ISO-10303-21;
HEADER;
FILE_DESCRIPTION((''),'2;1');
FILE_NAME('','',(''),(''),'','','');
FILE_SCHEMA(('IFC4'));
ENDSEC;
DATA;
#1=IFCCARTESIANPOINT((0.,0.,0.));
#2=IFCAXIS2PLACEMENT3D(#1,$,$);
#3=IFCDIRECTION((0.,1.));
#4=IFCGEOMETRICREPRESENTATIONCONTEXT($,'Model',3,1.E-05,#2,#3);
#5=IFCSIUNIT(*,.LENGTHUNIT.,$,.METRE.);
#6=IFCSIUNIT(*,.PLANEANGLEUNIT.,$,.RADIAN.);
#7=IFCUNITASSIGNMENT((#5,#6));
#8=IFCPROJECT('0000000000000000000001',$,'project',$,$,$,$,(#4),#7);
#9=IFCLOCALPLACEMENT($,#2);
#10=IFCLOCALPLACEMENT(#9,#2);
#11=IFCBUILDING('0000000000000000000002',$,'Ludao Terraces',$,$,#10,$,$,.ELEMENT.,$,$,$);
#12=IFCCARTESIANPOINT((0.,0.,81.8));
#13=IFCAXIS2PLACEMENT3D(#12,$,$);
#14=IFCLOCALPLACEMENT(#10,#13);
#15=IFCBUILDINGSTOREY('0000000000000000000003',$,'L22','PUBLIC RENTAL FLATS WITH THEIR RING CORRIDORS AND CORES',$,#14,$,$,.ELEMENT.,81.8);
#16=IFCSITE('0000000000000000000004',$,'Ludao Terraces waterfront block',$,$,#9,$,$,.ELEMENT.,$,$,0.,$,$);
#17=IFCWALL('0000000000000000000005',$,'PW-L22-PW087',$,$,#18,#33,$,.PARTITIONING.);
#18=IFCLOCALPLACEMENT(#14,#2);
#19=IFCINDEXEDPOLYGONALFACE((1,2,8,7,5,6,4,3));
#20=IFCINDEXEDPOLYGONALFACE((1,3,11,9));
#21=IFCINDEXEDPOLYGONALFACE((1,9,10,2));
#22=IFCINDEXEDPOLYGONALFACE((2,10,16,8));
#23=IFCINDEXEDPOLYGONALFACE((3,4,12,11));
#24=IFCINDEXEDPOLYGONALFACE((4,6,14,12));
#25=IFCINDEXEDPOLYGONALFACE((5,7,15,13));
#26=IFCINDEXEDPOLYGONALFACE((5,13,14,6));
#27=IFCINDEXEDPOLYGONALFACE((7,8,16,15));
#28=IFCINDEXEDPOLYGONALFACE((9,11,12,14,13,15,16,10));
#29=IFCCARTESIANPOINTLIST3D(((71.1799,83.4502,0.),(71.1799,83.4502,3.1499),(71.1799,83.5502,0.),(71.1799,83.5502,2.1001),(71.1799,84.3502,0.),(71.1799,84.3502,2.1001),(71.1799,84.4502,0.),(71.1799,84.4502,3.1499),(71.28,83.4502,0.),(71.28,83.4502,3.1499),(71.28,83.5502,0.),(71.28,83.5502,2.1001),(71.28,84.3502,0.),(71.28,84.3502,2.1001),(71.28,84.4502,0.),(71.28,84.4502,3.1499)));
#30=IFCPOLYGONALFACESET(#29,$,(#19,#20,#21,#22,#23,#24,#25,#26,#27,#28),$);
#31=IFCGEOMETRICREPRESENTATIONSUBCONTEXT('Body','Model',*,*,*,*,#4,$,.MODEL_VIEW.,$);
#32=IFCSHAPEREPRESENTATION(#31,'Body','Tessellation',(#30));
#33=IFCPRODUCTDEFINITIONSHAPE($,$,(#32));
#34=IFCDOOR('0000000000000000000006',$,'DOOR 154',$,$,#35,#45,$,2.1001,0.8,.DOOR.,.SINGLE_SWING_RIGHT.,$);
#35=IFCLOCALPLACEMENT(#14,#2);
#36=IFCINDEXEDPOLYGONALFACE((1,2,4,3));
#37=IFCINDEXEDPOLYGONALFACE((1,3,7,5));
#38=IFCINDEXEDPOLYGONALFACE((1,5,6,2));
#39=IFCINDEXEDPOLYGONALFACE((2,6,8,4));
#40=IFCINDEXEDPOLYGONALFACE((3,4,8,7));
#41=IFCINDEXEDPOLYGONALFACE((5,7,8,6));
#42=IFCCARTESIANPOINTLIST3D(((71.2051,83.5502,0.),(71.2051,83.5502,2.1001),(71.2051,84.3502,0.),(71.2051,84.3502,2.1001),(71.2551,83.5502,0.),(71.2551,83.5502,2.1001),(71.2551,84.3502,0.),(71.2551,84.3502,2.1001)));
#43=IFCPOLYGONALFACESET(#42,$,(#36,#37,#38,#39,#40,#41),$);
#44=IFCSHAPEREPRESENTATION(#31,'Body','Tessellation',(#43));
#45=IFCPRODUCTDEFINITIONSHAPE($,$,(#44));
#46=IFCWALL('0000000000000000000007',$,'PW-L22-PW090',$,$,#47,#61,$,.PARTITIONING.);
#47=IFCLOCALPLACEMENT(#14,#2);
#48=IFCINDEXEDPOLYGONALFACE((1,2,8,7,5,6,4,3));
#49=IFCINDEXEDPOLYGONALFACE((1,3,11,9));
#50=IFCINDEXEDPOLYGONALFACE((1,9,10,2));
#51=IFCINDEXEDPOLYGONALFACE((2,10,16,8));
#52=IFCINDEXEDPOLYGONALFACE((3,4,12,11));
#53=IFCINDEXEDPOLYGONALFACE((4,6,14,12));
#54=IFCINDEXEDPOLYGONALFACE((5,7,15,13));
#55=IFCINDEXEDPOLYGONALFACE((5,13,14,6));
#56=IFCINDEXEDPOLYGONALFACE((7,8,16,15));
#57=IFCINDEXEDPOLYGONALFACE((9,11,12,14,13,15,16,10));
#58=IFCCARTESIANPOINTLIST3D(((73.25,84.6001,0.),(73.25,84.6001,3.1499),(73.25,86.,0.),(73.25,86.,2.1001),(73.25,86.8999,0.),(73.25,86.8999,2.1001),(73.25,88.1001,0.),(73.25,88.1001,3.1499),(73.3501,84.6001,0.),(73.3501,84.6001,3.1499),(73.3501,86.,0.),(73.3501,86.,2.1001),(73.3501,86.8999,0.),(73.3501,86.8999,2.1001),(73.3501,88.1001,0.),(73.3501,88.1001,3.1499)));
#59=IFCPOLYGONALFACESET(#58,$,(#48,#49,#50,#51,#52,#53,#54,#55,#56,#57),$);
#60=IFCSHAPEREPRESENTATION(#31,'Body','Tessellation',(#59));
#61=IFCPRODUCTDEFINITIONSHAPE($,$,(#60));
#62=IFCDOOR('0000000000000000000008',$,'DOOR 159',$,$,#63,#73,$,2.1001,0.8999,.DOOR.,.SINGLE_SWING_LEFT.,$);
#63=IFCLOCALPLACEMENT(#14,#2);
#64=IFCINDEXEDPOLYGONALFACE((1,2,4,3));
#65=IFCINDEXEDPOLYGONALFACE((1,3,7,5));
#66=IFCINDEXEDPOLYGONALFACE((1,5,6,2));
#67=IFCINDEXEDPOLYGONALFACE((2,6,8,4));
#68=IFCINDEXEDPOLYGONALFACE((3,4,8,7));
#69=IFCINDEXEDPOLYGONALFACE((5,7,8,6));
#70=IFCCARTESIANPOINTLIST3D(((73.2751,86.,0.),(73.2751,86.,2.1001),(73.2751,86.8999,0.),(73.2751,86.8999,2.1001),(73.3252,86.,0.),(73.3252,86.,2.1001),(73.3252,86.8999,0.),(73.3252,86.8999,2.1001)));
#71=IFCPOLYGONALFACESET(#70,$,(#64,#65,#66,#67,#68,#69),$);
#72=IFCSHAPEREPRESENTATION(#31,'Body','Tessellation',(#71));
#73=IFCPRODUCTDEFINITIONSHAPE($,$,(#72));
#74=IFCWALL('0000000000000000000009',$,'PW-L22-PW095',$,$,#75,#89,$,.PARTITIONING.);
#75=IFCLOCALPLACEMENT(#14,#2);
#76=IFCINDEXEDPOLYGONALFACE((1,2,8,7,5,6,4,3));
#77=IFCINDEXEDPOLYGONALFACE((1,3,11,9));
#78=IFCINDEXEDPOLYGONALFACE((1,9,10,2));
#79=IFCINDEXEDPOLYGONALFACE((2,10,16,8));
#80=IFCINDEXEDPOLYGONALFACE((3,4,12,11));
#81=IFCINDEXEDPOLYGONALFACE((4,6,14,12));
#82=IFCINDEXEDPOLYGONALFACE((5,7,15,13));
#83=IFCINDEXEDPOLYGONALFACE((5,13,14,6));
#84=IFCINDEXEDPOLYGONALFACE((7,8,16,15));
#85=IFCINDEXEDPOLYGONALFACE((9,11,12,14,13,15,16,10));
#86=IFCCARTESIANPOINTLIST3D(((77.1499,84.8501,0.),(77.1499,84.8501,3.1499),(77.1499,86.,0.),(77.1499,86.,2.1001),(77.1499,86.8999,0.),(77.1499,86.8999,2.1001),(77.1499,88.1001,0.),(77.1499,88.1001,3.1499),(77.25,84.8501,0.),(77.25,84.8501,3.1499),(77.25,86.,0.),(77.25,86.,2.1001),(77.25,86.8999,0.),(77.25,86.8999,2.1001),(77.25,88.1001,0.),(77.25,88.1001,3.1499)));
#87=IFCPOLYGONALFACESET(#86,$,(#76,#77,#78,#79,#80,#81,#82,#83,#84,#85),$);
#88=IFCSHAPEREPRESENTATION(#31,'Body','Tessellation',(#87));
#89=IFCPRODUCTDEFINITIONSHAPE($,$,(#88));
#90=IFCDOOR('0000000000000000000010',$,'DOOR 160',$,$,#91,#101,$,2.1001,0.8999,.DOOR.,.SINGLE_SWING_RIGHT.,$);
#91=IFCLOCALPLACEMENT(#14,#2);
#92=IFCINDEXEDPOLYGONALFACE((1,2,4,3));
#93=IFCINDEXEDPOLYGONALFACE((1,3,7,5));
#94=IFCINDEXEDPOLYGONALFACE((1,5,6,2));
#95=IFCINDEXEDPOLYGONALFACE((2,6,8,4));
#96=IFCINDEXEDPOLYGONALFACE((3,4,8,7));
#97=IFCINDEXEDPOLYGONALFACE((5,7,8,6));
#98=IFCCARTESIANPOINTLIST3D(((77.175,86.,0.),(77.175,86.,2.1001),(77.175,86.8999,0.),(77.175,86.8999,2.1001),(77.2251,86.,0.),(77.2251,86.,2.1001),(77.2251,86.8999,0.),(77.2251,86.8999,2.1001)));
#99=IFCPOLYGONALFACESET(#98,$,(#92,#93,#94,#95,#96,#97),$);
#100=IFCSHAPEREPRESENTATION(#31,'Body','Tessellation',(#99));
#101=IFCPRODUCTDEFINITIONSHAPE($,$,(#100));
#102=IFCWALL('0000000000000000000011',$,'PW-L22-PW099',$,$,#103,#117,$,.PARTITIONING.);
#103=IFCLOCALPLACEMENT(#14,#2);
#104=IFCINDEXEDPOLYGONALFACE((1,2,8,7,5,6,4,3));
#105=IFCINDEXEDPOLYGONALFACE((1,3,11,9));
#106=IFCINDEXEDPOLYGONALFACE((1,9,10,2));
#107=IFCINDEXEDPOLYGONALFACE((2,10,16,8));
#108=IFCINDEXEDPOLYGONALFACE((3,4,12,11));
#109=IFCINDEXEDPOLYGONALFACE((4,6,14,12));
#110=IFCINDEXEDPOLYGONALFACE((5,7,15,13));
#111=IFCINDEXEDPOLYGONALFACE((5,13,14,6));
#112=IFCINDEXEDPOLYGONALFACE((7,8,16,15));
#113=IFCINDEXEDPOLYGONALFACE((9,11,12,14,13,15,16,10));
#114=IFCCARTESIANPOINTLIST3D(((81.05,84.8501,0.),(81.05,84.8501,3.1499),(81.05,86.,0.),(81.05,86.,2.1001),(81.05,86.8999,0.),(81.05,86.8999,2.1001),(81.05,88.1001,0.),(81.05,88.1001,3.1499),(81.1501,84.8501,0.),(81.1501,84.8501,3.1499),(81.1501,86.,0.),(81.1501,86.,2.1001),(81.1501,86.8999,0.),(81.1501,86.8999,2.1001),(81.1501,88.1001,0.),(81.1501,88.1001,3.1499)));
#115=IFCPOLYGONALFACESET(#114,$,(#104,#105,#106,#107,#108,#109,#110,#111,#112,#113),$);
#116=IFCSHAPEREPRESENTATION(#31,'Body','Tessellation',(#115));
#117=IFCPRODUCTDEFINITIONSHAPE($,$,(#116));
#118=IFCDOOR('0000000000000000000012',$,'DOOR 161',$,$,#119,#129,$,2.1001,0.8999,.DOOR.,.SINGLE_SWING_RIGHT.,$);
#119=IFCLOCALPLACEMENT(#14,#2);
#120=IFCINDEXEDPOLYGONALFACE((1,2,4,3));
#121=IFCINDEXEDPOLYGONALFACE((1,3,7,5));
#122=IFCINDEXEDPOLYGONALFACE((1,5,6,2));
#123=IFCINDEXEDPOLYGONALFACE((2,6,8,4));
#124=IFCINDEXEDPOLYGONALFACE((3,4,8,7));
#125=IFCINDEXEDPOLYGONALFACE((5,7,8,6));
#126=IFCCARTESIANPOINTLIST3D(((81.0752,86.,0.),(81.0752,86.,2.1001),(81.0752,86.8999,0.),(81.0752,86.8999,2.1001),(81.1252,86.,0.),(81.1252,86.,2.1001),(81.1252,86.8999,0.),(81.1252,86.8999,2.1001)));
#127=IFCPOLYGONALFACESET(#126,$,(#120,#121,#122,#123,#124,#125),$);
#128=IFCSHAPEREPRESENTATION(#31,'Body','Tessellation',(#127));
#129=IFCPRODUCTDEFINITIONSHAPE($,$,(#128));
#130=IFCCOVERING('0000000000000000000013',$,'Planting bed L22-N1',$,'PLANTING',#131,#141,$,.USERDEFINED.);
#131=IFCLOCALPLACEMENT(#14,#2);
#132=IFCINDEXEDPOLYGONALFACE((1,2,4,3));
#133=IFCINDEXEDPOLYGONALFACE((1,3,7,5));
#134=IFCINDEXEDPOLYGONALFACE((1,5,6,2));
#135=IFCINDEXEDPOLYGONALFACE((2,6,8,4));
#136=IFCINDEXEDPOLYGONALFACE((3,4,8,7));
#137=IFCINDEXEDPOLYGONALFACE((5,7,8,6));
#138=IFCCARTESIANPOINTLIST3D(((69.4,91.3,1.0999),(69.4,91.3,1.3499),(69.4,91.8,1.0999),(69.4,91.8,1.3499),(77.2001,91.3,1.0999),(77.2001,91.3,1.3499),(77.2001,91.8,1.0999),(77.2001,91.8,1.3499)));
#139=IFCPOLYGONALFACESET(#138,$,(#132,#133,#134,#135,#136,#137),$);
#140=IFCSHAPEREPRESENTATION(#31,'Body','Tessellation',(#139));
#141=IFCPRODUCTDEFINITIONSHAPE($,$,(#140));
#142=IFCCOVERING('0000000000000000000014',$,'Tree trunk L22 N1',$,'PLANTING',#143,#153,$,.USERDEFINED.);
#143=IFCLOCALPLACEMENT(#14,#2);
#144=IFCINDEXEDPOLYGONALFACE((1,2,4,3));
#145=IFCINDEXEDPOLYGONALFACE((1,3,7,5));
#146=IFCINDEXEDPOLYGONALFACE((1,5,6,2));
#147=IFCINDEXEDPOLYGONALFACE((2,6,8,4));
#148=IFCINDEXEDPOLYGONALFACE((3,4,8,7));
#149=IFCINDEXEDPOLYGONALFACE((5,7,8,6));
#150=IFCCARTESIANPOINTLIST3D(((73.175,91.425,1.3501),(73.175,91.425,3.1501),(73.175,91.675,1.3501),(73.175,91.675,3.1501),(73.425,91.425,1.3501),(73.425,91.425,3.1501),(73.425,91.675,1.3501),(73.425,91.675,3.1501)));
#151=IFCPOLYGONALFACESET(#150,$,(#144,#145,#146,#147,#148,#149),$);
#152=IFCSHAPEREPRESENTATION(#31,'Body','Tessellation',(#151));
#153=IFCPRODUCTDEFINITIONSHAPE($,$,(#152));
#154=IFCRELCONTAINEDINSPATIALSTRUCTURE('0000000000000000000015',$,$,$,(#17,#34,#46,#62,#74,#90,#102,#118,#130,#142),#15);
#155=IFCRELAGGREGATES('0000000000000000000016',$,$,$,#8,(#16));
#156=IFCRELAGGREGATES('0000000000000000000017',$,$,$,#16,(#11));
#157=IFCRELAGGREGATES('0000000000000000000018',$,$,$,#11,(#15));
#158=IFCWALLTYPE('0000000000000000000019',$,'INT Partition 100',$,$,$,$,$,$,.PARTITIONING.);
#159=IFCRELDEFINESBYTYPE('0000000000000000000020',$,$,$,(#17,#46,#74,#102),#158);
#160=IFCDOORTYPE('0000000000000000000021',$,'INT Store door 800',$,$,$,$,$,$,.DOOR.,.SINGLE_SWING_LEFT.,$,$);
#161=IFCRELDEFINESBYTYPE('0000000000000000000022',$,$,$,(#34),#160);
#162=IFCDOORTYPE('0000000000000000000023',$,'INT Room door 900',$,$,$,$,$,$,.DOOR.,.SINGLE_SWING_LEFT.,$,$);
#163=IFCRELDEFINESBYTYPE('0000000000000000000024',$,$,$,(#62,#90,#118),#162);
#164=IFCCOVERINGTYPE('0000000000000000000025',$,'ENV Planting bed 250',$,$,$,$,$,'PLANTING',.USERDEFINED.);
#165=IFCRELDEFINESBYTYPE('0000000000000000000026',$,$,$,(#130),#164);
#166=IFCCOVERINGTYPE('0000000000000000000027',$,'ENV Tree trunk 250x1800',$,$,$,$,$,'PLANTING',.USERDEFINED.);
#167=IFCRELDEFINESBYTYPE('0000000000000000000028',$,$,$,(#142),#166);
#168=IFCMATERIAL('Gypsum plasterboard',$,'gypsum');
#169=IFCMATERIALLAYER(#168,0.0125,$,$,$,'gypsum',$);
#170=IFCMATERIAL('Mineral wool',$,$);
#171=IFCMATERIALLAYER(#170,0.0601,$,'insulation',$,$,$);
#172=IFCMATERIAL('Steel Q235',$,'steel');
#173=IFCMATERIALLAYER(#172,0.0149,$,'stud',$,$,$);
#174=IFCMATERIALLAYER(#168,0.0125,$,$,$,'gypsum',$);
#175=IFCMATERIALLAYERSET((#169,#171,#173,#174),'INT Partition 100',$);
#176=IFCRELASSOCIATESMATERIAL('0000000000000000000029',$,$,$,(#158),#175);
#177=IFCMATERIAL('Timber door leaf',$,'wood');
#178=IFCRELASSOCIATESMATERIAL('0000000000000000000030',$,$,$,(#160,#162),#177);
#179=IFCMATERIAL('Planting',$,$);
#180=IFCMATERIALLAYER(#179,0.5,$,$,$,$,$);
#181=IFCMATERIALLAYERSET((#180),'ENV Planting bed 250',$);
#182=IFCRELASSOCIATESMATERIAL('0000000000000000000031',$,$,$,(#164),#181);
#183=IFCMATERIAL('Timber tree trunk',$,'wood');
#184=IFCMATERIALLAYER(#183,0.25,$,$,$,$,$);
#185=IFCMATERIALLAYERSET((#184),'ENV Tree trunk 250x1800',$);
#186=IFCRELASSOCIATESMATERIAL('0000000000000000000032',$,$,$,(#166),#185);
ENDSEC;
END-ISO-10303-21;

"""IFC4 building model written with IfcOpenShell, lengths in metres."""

from ifc_helpers import new_model, si_unit, direction, frame, frame_2d, origin, origin_2d, place, context, subcontext, project, spatial, rectangle, extrude, material, layer, layer_set, type_object, element, fill, save


model = new_model("IFC4")

# Units and contexts
model_context = context("Model", 3, precision=1e-05, world=origin(), true_north=direction((0.0, 1.0)))
body_context = subcontext(model_context, "Body", "Model", "MODEL_VIEW")
ifc_project = project(units=[si_unit("LENGTHUNIT", "METRE"), si_unit("PLANEANGLEUNIT", "RADIAN")], contexts=[model_context])

# Site, building, storey
site_placement = place(None, origin())
site = spatial("IfcSite", under=ifc_project, at=site_placement, Name="Ludao Terraces waterfront block", CompositionType="ELEMENT", RefElevation=0.0)
building_placement = place(site_placement, origin())
building = spatial("IfcBuilding", under=site, at=building_placement, Name="Ludao Terraces", CompositionType="ELEMENT")
storey_placement = place(building_placement, frame((0.0, 0.0, 81.8)))
storey = spatial("IfcBuildingStorey", under=building, at=storey_placement, Name="L22", Description="PUBLIC RENTAL FLATS WITH THEIR RING CORRIDORS AND CORES", CompositionType="ELEMENT", Elevation=81.8)

# Shared definitions
ifc_material_1 = material(Name="Mineral wool")

# Shared definitions
ifc_material_2 = material(Name="Gypsum plasterboard", Category="gypsum")
ifc_layer_1 = layer(ifc_material_2, 0.0125, Category="gypsum")
ifc_layer_2 = layer(ifc_material_1, 0.0601, Name="insulation")
ifc_material_3 = material(Name="Steel Q235", Category="steel")
ifc_layer_3 = layer(ifc_material_3, 0.0149, Name="stud")
ifc_layer_4 = layer(ifc_material_2, 0.0125, Category="gypsum")
ifc_layer_set_1 = layer_set([ifc_layer_1, ifc_layer_2, ifc_layer_3, ifc_layer_4], Name="INT Partition 100")
wall_type_1 = type_object("IfcWallType", Name="INT Partition 100", PredefinedType="PARTITIONING", material=ifc_layer_set_1)

# Walls, openings, doors
wall_1_placement = place(storey_placement, frame((71.23, 83.4502, 0.0), z_axis=(0.0, 0.0, 1.0), x_axis=(0.0, 1.0, 0.0)))
wall_1 = element("IfcWall", 1, at=wall_1_placement, inside=storey, type_object=wall_type_1, Name="PW-L22-PW087", PredefinedType="PARTITIONING", context=body_context, shape_type="SweptSolid", body=[
    extrude(rectangle(XDim=1.0, YDim=0.1001, at=frame_2d((0.5, 0.0))), origin(), (0.0, 0.0, 1.0), 3.1499),
])
opening_1_placement = place(wall_1_placement, frame((0.1001, 0.0, 0.0)))
opening_1 = element("IfcOpeningElement", 2, at=opening_1_placement, cuts=wall_1, PredefinedType="OPENING", context=body_context, shape_type="SweptSolid", body=[
    extrude(rectangle(XDim=0.8, YDim=2.1001, at=frame_2d((0.3999, 1.05))), frame((0.0, 0.0601, 0.0), z_axis=(0.0, -1.0, 0.0), x_axis=(1.0, 0.0, 0.0)), (0.0, 0.0, 1.0), 0.1201),
])
ifc_material_4 = material(Name="Timber door leaf", Category="wood")
door_type_1 = type_object("IfcDoorType", Name="INT Store door 800", OperationType="SINGLE_SWING_LEFT", PredefinedType="DOOR", material=ifc_material_4)
door_1_placement = place(opening_1_placement, origin())
door_1 = element("IfcDoor", 3, at=door_1_placement, inside=storey, type_object=door_type_1, Name="DOOR 154", OperationType="SINGLE_SWING_RIGHT", OverallHeight=2.1001, OverallWidth=0.8, PredefinedType="DOOR", context=body_context, shape_type="SweptSolid", body=[
    extrude(rectangle(XDim=0.8, YDim=2.1001, at=frame_2d((0.3999, 1.05))), frame((0.0, 0.0249, 0.0), z_axis=(0.0, -1.0, 0.0), x_axis=(1.0, 0.0, 0.0)), (0.0, 0.0, 1.0), 0.05),
])
fill(opening_1, door_1)
wall_2_placement = place(storey_placement, frame((73.3, 84.6001, 0.0), z_axis=(0.0, 0.0, 1.0), x_axis=(0.0, 1.0, 0.0)))
wall_2 = element("IfcWall", 4, at=wall_2_placement, inside=storey, type_object=wall_type_1, Name="PW-L22-PW090", PredefinedType="PARTITIONING", context=body_context, shape_type="SweptSolid", body=[
    extrude(rectangle(XDim=3.5, YDim=0.1001, at=frame_2d((1.75, 0.0))), origin(), (0.0, 0.0, 1.0), 3.1499),
])
opening_2_placement = place(wall_2_placement, frame((1.3999, 0.0, 0.0)))
opening_2 = element("IfcOpeningElement", 5, at=opening_2_placement, cuts=wall_2, PredefinedType="OPENING", context=body_context, shape_type="SweptSolid", body=[
    extrude(rectangle(XDim=0.8999, YDim=2.1001, at=frame_2d((0.45, 1.05))), frame((0.0, 0.0601, 0.0), z_axis=(0.0, -1.0, 0.0), x_axis=(1.0, 0.0, 0.0)), (0.0, 0.0, 1.0), 0.1201),
])
door_type_2 = type_object("IfcDoorType", Name="INT Room door 900", OperationType="SINGLE_SWING_LEFT", PredefinedType="DOOR", material=ifc_material_4)
door_2_placement = place(opening_2_placement, origin())
door_2 = element("IfcDoor", 6, at=door_2_placement, inside=storey, type_object=door_type_2, Name="DOOR 159", OperationType="SINGLE_SWING_LEFT", OverallHeight=2.1001, OverallWidth=0.8999, PredefinedType="DOOR", context=body_context, shape_type="SweptSolid", body=[
    extrude(rectangle(XDim=0.8999, YDim=2.1001, at=frame_2d((0.45, 1.05))), frame((0.0, 0.0249, 0.0), z_axis=(0.0, -1.0, 0.0), x_axis=(1.0, 0.0, 0.0)), (0.0, 0.0, 1.0), 0.05),
])
fill(opening_2, door_2)
wall_3_placement = place(storey_placement, frame((77.2, 84.8501, 0.0), z_axis=(0.0, 0.0, 1.0), x_axis=(0.0, 1.0, 0.0)))
wall_3 = element("IfcWall", 7, at=wall_3_placement, inside=storey, type_object=wall_type_1, Name="PW-L22-PW095", PredefinedType="PARTITIONING", context=body_context, shape_type="SweptSolid", body=[
    extrude(rectangle(XDim=3.25, YDim=0.1001, at=frame_2d((1.625, 0.0))), origin(), (0.0, 0.0, 1.0), 3.1499),
])
opening_3_placement = place(wall_3_placement, frame((1.1499, 0.0, 0.0)))
opening_3 = element("IfcOpeningElement", 8, at=opening_3_placement, cuts=wall_3, PredefinedType="OPENING", context=body_context, shape_type="SweptSolid", body=[
    extrude(rectangle(XDim=0.8999, YDim=2.1001, at=frame_2d((0.45, 1.05))), frame((0.0, 0.0601, 0.0), z_axis=(0.0, -1.0, 0.0), x_axis=(1.0, 0.0, 0.0)), (0.0, 0.0, 1.0), 0.1201),
])
door_3_placement = place(opening_3_placement, origin())
door_3 = element("IfcDoor", 9, at=door_3_placement, inside=storey, type_object=door_type_2, Name="DOOR 160", OperationType="SINGLE_SWING_RIGHT", OverallHeight=2.1001, OverallWidth=0.8999, PredefinedType="DOOR", context=body_context, shape_type="SweptSolid", body=[
    extrude(rectangle(XDim=0.8999, YDim=2.1001, at=frame_2d((0.45, 1.05))), frame((0.0, 0.0249, 0.0), z_axis=(0.0, -1.0, 0.0), x_axis=(1.0, 0.0, 0.0)), (0.0, 0.0, 1.0), 0.05),
])
fill(opening_3, door_3)
wall_4_placement = place(storey_placement, frame((81.1001, 84.8501, 0.0), z_axis=(0.0, 0.0, 1.0), x_axis=(0.0, 1.0, 0.0)))
wall_4 = element("IfcWall", 10, at=wall_4_placement, inside=storey, type_object=wall_type_1, Name="PW-L22-PW099", PredefinedType="PARTITIONING", context=body_context, shape_type="SweptSolid", body=[
    extrude(rectangle(XDim=3.25, YDim=0.1001, at=frame_2d((1.625, 0.0))), origin(), (0.0, 0.0, 1.0), 3.1499),
])
opening_4_placement = place(wall_4_placement, frame((1.1499, 0.0, 0.0)))
opening_4 = element("IfcOpeningElement", 11, at=opening_4_placement, cuts=wall_4, PredefinedType="OPENING", context=body_context, shape_type="SweptSolid", body=[
    extrude(rectangle(XDim=0.8999, YDim=2.1001, at=frame_2d((0.45, 1.05))), frame((0.0, 0.0601, 0.0), z_axis=(0.0, -1.0, 0.0), x_axis=(1.0, 0.0, 0.0)), (0.0, 0.0, 1.0), 0.1201),
])
door_4_placement = place(opening_4_placement, origin())
door_4 = element("IfcDoor", 12, at=door_4_placement, inside=storey, type_object=door_type_2, Name="DOOR 161", OperationType="SINGLE_SWING_RIGHT", OverallHeight=2.1001, OverallWidth=0.8999, PredefinedType="DOOR", context=body_context, shape_type="SweptSolid", body=[
    extrude(rectangle(XDim=0.8999, YDim=2.1001, at=frame_2d((0.45, 1.05))), frame((0.0, 0.0249, 0.0), z_axis=(0.0, -1.0, 0.0), x_axis=(1.0, 0.0, 0.0)), (0.0, 0.0, 1.0), 0.05),
])
fill(opening_4, door_4)

# Coverings
ifc_material_5 = material(Name="Planting")
ifc_layer_5 = layer(ifc_material_5, 0.5)
ifc_layer_set_2 = layer_set([ifc_layer_5], Name="ENV Planting bed 250")
covering_type_1 = type_object("IfcCoveringType", Name="ENV Planting bed 250", ElementType="PLANTING", PredefinedType="USERDEFINED", material=ifc_layer_set_2)
covering_1_placement = place(storey_placement, frame((73.3, 91.55, 1.0999), z_axis=(0.0, 0.0, 1.0), x_axis=(1.0, 0.0, 0.0)))
element("IfcCovering", 13, at=covering_1_placement, inside=storey, type_object=covering_type_1, Name="Planting bed L22-N1", ObjectType="PLANTING", PredefinedType="USERDEFINED", context=body_context, shape_type="SweptSolid", body=[
    extrude(rectangle(XDim=7.8, YDim=0.5, at=origin_2d()), origin(), (0.0, 0.0, 1.0), 0.25),
])
ifc_material_6 = material(Name="Timber tree trunk", Category="wood")
ifc_layer_6 = layer(ifc_material_6, 0.25)
ifc_layer_set_3 = layer_set([ifc_layer_6], Name="ENV Tree trunk 250x1800")
covering_type_2 = type_object("IfcCoveringType", Name="ENV Tree trunk 250x1800", ElementType="PLANTING", PredefinedType="USERDEFINED", material=ifc_layer_set_3)
covering_2_placement = place(storey_placement, frame((73.3, 91.55, 1.3501), z_axis=(0.0, 0.0, 1.0), x_axis=(1.0, 0.0, 0.0)))
element("IfcCovering", 14, at=covering_2_placement, inside=storey, type_object=covering_type_2, Name="Tree trunk L22 N1", ObjectType="PLANTING", PredefinedType="USERDEFINED", context=body_context, shape_type="SweptSolid", body=[
    extrude(rectangle(XDim=0.25, YDim=0.25, at=origin_2d()), origin(), (0.0, 0.0, 1.0), 1.8),
])

save(model, "model.ifc")
